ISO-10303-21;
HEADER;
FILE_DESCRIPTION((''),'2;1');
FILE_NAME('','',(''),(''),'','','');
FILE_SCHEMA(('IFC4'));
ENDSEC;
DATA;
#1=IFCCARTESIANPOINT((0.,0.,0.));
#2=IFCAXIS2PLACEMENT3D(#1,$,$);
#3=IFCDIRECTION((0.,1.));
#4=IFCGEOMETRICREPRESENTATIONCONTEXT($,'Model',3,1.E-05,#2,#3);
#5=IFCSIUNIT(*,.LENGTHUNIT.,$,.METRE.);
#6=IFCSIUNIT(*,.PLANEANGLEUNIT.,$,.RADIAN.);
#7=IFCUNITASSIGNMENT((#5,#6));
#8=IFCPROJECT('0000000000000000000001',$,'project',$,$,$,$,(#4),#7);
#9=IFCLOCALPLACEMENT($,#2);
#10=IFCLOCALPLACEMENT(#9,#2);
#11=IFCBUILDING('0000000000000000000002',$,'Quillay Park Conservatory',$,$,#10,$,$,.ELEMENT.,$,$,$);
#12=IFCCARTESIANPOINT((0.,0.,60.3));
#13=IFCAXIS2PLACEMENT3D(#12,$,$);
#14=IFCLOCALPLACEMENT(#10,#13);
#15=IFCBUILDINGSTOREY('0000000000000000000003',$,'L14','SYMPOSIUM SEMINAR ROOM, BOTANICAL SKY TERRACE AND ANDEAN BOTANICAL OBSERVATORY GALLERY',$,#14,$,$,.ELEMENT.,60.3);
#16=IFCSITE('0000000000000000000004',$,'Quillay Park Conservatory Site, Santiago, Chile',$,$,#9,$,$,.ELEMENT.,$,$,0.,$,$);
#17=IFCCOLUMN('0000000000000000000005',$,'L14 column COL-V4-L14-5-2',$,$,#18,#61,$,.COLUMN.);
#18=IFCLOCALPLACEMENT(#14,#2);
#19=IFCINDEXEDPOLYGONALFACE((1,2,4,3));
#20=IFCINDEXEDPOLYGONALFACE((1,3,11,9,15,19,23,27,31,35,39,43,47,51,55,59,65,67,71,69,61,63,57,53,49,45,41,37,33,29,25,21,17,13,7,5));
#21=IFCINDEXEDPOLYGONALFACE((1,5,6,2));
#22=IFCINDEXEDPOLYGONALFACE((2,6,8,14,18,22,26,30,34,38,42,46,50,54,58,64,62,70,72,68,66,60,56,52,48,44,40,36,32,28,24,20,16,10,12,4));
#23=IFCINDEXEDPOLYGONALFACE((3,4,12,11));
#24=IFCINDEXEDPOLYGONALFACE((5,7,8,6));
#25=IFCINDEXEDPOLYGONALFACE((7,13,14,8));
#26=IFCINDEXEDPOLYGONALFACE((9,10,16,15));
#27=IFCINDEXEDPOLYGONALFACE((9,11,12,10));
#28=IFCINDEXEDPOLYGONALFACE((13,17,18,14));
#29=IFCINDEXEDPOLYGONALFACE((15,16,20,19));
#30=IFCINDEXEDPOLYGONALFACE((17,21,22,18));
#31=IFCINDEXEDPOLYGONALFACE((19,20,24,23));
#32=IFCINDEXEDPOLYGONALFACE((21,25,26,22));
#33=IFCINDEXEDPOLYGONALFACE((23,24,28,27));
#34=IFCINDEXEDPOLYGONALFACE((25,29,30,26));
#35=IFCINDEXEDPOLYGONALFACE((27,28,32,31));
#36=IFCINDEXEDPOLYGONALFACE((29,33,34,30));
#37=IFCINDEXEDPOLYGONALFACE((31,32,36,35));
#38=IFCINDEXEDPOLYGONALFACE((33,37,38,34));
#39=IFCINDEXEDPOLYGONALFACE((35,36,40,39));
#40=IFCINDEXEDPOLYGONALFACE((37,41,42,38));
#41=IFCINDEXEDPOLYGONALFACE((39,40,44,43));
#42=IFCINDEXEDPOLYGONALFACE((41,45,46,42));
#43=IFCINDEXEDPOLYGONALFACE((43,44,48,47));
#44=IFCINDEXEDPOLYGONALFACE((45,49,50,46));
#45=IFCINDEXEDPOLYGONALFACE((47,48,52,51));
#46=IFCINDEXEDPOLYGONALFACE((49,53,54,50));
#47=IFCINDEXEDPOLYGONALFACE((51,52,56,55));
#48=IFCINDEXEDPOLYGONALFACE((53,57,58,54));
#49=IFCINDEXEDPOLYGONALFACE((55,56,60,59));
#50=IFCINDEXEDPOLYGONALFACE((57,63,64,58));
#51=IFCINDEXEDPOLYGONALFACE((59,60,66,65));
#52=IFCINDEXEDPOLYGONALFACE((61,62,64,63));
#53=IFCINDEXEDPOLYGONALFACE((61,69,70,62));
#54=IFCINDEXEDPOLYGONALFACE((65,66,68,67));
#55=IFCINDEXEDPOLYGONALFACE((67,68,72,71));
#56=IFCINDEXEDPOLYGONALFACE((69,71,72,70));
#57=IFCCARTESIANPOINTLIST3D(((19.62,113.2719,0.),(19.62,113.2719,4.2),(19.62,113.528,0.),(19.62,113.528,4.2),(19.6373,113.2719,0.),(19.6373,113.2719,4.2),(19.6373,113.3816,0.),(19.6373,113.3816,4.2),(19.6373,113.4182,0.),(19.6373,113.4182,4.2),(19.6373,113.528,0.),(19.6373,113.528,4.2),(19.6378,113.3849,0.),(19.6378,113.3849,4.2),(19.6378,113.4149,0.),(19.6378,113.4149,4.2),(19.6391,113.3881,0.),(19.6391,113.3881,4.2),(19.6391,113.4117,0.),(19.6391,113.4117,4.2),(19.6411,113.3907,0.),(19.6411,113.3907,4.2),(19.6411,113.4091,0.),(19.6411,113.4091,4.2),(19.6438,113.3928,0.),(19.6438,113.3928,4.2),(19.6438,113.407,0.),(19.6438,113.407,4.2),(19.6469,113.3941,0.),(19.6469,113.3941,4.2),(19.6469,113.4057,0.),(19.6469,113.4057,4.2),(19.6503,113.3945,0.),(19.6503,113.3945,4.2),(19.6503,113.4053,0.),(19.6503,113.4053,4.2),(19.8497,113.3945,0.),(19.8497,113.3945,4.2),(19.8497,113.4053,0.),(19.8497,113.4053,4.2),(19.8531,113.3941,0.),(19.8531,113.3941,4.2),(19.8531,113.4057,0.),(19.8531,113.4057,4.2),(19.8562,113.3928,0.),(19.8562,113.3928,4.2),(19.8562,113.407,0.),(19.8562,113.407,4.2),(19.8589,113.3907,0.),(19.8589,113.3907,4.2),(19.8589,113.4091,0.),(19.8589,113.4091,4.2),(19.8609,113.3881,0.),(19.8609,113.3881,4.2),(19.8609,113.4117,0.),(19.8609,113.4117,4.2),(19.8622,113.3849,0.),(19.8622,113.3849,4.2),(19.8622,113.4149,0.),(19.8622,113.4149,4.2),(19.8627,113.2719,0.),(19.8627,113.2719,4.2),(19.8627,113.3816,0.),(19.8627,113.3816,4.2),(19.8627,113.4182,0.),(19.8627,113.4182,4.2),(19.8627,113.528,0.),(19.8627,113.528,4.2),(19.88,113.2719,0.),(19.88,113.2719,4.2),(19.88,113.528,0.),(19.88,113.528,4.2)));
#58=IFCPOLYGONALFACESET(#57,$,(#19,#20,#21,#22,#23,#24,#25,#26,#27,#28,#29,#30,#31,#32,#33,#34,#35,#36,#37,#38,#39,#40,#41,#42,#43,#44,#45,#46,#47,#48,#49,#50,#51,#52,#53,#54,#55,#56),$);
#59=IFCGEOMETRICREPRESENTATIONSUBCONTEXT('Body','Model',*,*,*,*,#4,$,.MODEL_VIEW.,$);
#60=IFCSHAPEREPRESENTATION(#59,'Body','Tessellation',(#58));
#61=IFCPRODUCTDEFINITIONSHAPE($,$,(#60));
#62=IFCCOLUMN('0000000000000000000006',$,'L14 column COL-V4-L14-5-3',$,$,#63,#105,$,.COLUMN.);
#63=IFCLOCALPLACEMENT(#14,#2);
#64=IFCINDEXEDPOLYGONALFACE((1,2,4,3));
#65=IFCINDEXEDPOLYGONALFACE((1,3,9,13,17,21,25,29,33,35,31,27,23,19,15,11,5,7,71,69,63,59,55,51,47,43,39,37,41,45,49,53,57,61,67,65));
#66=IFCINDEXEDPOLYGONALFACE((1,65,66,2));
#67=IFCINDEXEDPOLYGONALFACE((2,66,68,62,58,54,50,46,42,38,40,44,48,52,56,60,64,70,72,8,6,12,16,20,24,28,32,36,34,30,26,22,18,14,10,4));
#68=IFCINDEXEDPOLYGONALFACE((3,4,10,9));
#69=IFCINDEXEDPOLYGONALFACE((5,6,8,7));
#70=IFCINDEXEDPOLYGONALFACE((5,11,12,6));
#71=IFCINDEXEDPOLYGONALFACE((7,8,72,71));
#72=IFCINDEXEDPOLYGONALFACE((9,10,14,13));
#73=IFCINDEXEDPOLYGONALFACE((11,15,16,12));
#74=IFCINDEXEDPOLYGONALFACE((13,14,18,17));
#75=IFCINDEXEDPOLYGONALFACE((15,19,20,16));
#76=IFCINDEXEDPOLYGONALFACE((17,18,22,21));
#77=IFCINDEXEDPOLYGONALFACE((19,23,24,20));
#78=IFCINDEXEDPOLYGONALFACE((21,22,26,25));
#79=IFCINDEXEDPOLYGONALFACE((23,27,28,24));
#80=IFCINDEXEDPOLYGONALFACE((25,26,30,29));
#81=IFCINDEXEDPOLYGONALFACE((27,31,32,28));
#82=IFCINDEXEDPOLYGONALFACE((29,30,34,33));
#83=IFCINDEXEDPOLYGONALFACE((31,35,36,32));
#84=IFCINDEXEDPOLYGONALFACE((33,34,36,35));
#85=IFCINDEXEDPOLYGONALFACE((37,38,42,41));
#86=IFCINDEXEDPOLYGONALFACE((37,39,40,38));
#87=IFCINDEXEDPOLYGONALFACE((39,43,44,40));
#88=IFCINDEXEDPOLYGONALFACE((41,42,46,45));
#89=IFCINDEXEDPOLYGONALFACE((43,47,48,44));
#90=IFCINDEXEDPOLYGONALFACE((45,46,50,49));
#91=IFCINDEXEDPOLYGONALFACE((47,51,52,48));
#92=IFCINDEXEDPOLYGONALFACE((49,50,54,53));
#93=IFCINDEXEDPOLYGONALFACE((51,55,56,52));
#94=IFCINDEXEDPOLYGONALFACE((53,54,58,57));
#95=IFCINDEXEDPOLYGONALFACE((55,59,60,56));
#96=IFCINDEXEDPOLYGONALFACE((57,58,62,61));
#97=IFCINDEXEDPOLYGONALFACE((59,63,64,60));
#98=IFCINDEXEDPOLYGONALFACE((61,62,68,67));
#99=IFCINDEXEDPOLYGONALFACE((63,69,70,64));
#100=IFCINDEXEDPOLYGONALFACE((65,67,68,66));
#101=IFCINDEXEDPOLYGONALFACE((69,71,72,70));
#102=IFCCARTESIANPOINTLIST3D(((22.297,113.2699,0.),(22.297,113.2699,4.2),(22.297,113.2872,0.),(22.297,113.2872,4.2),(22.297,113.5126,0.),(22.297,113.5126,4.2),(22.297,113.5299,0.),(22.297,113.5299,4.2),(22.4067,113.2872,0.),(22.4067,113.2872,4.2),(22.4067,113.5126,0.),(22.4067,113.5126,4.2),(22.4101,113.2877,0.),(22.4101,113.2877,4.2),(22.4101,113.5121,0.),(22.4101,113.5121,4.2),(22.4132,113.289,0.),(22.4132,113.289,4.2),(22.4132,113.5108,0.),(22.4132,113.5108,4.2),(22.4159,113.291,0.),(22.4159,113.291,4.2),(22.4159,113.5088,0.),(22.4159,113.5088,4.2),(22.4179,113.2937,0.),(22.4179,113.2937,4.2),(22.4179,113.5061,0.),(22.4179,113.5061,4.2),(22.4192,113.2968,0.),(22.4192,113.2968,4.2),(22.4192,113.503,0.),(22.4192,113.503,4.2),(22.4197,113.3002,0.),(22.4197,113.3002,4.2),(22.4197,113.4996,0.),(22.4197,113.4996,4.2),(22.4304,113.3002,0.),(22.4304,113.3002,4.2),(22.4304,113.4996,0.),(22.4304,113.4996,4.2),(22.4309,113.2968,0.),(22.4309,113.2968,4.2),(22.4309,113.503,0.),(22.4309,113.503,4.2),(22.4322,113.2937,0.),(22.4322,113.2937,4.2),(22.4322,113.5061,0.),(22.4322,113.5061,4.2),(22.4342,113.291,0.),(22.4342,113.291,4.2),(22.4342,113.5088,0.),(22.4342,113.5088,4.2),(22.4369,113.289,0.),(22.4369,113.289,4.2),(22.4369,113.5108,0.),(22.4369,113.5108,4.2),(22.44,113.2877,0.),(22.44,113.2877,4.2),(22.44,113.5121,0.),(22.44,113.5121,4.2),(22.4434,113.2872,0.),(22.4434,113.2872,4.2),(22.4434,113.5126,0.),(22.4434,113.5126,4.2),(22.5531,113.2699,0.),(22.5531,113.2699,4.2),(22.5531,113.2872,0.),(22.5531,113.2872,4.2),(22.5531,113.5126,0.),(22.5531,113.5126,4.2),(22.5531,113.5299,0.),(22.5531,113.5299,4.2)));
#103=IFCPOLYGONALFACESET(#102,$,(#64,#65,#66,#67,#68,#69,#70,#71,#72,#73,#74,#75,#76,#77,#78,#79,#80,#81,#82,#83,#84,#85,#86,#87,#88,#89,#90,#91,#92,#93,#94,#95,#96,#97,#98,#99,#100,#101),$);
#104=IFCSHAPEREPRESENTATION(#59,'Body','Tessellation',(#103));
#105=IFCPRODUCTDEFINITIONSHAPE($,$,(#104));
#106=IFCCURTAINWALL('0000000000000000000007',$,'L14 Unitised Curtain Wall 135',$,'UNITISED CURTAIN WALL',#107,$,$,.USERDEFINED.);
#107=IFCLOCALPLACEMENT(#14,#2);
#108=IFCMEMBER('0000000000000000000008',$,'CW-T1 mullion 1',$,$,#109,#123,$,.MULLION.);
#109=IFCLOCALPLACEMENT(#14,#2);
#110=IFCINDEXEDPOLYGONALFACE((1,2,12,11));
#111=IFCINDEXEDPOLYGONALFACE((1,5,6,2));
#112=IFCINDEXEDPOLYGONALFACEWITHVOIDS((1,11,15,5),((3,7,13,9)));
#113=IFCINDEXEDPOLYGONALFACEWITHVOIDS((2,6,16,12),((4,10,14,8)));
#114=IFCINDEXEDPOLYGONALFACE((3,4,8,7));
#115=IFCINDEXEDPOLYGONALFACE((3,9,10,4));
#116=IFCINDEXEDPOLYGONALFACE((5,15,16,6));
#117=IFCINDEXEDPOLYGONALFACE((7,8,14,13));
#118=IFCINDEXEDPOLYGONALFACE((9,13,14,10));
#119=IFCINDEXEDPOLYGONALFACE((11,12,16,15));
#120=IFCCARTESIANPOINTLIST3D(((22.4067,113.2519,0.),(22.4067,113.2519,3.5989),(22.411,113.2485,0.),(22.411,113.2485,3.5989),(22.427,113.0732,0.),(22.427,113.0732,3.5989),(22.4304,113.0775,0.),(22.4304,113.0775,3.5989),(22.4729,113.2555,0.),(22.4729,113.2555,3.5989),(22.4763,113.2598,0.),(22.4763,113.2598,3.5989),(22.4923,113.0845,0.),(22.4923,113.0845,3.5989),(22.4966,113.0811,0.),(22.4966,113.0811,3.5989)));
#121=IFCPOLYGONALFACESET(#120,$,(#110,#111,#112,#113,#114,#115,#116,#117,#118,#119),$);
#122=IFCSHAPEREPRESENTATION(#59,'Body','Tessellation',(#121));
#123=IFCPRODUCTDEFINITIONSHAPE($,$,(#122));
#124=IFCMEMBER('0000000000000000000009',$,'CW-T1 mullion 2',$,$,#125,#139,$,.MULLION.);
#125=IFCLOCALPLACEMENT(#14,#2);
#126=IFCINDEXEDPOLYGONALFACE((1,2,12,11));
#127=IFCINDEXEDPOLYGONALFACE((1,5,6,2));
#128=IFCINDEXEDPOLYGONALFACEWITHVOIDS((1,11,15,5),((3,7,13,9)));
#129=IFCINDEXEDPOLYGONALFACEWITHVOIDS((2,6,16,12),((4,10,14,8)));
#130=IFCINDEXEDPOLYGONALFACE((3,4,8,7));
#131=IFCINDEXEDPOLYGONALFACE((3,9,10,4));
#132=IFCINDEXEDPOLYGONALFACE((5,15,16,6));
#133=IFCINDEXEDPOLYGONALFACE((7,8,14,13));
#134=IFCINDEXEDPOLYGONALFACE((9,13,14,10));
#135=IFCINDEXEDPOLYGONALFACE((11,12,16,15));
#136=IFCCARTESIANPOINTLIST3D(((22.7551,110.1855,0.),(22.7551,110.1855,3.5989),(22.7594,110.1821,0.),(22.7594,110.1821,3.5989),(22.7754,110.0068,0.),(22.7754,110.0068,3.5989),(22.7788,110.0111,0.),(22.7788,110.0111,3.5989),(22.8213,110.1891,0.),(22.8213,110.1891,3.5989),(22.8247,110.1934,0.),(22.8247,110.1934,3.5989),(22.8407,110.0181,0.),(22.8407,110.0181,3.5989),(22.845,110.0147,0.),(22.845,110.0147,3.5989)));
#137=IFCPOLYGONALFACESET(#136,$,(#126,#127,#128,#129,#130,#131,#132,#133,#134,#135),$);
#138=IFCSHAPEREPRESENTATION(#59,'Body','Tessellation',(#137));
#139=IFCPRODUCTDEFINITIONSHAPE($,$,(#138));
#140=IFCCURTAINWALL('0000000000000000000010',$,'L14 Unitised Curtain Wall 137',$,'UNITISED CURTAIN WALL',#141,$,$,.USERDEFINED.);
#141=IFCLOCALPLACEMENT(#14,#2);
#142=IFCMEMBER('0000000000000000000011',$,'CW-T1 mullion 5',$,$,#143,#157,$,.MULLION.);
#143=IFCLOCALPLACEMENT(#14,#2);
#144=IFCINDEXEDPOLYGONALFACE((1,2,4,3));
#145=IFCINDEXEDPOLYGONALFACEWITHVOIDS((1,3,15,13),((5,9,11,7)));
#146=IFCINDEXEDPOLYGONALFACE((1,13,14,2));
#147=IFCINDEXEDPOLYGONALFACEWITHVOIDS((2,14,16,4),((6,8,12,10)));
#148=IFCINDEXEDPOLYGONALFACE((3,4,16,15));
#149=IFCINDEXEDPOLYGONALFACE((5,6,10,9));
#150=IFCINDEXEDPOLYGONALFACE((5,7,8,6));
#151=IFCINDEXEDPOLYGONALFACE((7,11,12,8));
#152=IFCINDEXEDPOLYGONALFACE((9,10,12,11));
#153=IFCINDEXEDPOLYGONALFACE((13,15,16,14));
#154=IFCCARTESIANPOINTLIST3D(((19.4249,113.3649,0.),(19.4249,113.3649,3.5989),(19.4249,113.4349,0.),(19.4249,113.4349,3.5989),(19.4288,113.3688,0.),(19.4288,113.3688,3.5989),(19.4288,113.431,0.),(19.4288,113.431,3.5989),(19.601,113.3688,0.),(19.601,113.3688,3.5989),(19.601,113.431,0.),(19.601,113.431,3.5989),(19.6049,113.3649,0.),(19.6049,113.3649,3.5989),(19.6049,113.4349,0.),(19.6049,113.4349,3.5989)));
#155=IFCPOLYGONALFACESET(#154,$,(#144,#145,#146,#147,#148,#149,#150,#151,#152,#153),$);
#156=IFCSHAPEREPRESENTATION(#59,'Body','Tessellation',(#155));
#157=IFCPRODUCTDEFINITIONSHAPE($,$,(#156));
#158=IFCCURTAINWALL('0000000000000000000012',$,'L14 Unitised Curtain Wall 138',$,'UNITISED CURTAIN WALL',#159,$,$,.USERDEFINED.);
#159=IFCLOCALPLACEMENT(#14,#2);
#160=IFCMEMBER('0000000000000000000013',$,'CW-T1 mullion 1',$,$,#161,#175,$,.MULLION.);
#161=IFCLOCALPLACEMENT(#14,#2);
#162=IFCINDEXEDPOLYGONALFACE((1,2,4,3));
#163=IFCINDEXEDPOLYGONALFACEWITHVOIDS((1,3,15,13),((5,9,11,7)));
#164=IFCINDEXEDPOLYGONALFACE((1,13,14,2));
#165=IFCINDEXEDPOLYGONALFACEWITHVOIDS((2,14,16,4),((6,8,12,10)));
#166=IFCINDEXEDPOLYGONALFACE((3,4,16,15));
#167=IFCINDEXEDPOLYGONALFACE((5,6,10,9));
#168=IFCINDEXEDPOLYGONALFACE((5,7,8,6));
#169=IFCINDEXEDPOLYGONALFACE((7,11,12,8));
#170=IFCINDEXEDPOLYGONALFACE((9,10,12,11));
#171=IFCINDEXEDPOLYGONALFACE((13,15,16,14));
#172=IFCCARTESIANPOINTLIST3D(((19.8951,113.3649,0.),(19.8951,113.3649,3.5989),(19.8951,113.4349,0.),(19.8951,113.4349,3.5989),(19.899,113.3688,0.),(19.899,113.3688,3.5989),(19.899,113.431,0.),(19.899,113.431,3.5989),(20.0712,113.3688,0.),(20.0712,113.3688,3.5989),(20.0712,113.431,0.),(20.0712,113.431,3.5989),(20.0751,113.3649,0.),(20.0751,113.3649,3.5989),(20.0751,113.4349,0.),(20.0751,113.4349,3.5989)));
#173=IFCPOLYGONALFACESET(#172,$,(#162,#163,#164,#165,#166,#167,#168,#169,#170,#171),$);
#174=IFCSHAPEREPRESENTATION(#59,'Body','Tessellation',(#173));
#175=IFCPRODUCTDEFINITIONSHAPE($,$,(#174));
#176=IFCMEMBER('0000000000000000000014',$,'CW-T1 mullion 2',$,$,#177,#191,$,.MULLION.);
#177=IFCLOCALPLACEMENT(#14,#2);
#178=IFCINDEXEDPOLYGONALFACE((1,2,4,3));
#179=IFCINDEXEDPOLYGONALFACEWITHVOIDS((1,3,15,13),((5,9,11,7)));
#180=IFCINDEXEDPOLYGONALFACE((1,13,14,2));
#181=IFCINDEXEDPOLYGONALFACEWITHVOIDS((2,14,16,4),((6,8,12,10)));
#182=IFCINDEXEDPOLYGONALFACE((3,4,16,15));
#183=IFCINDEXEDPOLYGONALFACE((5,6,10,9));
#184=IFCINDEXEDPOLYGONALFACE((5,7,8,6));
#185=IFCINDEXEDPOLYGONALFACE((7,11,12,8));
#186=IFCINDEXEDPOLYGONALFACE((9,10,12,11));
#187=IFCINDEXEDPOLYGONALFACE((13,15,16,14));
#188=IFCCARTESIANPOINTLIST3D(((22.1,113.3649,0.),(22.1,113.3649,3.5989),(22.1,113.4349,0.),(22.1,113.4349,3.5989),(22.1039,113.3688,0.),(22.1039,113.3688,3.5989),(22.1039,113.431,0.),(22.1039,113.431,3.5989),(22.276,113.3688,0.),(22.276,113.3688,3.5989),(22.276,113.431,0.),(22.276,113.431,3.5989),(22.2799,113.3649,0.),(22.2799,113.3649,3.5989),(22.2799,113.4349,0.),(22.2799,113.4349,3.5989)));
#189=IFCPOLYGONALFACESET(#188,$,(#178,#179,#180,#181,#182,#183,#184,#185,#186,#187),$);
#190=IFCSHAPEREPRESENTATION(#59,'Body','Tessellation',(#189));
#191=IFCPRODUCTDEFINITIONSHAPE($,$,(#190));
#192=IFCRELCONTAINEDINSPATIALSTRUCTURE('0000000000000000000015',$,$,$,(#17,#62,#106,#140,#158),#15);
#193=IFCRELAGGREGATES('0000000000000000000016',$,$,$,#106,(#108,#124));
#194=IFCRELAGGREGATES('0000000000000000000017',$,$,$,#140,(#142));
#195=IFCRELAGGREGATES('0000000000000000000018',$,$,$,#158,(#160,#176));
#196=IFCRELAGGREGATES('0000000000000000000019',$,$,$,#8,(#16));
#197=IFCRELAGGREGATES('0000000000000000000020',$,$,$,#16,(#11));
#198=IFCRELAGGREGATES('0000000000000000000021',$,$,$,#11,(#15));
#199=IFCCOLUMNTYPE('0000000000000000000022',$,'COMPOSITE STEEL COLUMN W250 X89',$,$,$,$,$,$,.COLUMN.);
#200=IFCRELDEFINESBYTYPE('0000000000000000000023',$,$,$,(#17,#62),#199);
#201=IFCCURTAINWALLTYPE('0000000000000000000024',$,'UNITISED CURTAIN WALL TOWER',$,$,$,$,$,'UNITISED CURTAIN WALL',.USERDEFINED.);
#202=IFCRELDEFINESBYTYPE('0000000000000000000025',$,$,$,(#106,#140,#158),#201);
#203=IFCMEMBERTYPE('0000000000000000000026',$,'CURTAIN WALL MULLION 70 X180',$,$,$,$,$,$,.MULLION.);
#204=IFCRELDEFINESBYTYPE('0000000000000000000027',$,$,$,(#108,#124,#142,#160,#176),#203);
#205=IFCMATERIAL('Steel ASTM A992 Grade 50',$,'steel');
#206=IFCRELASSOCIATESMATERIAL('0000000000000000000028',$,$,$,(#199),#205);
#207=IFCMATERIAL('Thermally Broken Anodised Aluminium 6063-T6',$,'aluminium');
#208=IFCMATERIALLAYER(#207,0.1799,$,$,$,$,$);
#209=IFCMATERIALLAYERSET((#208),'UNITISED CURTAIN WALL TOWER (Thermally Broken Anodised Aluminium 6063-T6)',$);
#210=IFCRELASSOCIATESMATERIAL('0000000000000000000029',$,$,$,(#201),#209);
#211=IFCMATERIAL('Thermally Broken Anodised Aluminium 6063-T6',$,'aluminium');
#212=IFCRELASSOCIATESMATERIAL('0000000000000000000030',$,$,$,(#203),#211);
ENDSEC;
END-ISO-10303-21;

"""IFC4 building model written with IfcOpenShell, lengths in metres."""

from ifc_helpers import new_model, si_unit, direction, frame, origin, origin_2d, place, context, subcontext, project, spatial, hollow_rectangle, i_section, extrude, material, layer, layer_set, material_profile, profile_set, type_object, element, aggregate, save


model = new_model("IFC4")

# Units and contexts
model_context = context("Model", 3, precision=1e-05, world=origin(), true_north=direction((0.0, 1.0)))
body_context = subcontext(model_context, "Body", "Model", "MODEL_VIEW")
ifc_project = project(units=[si_unit("LENGTHUNIT", "METRE"), si_unit("PLANEANGLEUNIT", "RADIAN")], contexts=[model_context])

# Site, building, storey
site_placement = place(None, origin())
site = spatial("IfcSite", under=ifc_project, at=site_placement, Name="Quillay Park Conservatory Site, Santiago, Chile", CompositionType="ELEMENT", RefElevation=0.0)
building_placement = place(site_placement, origin())
building = spatial("IfcBuilding", under=site, at=building_placement, Name="Quillay Park Conservatory", CompositionType="ELEMENT")
storey_placement = place(building_placement, frame((0.0, 0.0, 60.3)))
storey = spatial("IfcBuildingStorey", under=building, at=storey_placement, Name="L14", Description="SYMPOSIUM SEMINAR ROOM, BOTANICAL SKY TERRACE AND ANDEAN BOTANICAL OBSERVATORY GALLERY", CompositionType="ELEMENT", Elevation=60.3)

# Columns
ifc_material_1 = material(Name="Steel ASTM A992 Grade 50", Category="steel")
ifc_material_profile_1 = material_profile(ifc_material_1, i_section(OverallWidth=0.2561, OverallDepth=0.26, WebThickness=0.0107, FlangeThickness=0.0173, FilletRadius=0.0129, at=origin_2d()), Name="W250x89")
ifc_profile_set_1 = profile_set([ifc_material_profile_1], Name="Steel ASTM A992 Grade 50")
column_type = type_object("IfcColumnType", Name="COMPOSITE STEEL COLUMN W250 X89", PredefinedType="COLUMN", material=ifc_profile_set_1)
for number, where, z_axis, x_axis, name in (
    (1, (19.75, 113.3999, 0.0), (0.0, 0.0, 1.0), (0.0, 1.0, 0.0), "L14 column COL-V4-L14-5-2"),
    (2, (22.425, 113.3999, 0.0), (0.0, 0.0, 1.0), (1.0, 0.0, 0.0), "L14 column COL-V4-L14-5-3"),
):
    element("IfcColumn", number, at=place(storey_placement, frame(where, z_axis=z_axis, x_axis=x_axis)), inside=storey, type_object=column_type, Name=name, PredefinedType="COLUMN", context=body_context, shape_type="SweptSolid", body=[
        extrude(i_section(OverallWidth=0.2561, OverallDepth=0.26, WebThickness=0.0107, FlangeThickness=0.0173, FilletRadius=0.0129, at=origin_2d()), origin(), (0.0, 0.0, 1.0), 4.2),
    ])

# Curtain wall, members
ifc_material_2 = material(Name="Thermally Broken Anodised Aluminium 6063-T6", Category="aluminium")
ifc_layer_1 = layer(ifc_material_2, 0.1799)
ifc_layer_set_1 = layer_set([ifc_layer_1], Name="UNITISED CURTAIN WALL TOWER (Thermally Broken Anodised Aluminium 6063-T6)")
curtain_wall_type = type_object("IfcCurtainWallType", Name="UNITISED CURTAIN WALL TOWER", ElementType="UNITISED CURTAIN WALL", PredefinedType="USERDEFINED", material=ifc_layer_set_1)
curtain_wall_1_placement = place(storey_placement, origin())
curtain_wall_1 = element("IfcCurtainWall", 3, at=curtain_wall_1_placement, inside=storey, type_object=curtain_wall_type, Name="L14 Unitised Curtain Wall 135", ObjectType="UNITISED CURTAIN WALL", PredefinedType="USERDEFINED")
ifc_material_3 = material(Name="Thermally Broken Anodised Aluminium 6063-T6", Category="aluminium")
ifc_material_profile_2 = material_profile(ifc_material_3, hollow_rectangle(XDim=0.0701, YDim=0.1799, WallThickness=0.0039, at=origin_2d()), Name="AL70x180x4")
ifc_profile_set_2 = profile_set([ifc_material_profile_2], Name="Thermally Broken Anodised Aluminium 6063-T6")
member_type_1 = type_object("IfcMemberType", Name="CURTAIN WALL MULLION 70 X180", PredefinedType="MULLION", material=ifc_profile_set_2)
member_1_placement = place(storey_placement, frame((22.4517, 113.1665, 0.0), z_axis=(0.0, 0.0, 1.0), x_axis=(0.993606, 0.112903, 0.0)))
member_1 = element("IfcMember", 4, at=member_1_placement, type_object=member_type_1, Name="CW-T1 mullion 1", PredefinedType="MULLION", context=body_context, shape_type="SweptSolid", body=[
    extrude(hollow_rectangle(XDim=0.0701, YDim=0.1799, WallThickness=0.0039, at=origin_2d()), origin(), (0.0, 0.0, 1.0), 3.5989),
])
member_2_placement = place(storey_placement, frame((22.8, 110.1001, 0.0), z_axis=(0.0, 0.0, 1.0), x_axis=(0.993606, 0.112903, 0.0)))
member_2 = element("IfcMember", 5, at=member_2_placement, type_object=member_type_1, Name="CW-T1 mullion 2", PredefinedType="MULLION", context=body_context, shape_type="SweptSolid", body=[
    extrude(hollow_rectangle(XDim=0.0701, YDim=0.1799, WallThickness=0.0039, at=origin_2d()), origin(), (0.0, 0.0, 1.0), 3.5989),
])

# Curtain wall, member
curtain_wall_2_placement = place(storey_placement, origin())
curtain_wall_2 = element("IfcCurtainWall", 6, at=curtain_wall_2_placement, inside=storey, type_object=curtain_wall_type, Name="L14 Unitised Curtain Wall 137", ObjectType="UNITISED CURTAIN WALL", PredefinedType="USERDEFINED")
member_3_placement = place(storey_placement, frame((19.5149, 113.3999, 0.0), z_axis=(0.0, 0.0, 1.0), x_axis=(0.0, 1.0, 0.0)))
member_3 = element("IfcMember", 7, at=member_3_placement, type_object=member_type_1, Name="CW-T1 mullion 5", PredefinedType="MULLION", context=body_context, shape_type="SweptSolid", body=[
    extrude(hollow_rectangle(XDim=0.0701, YDim=0.1799, WallThickness=0.0039, at=origin_2d()), origin(), (0.0, 0.0, 1.0), 3.5989),
])

# Curtain wall, members
curtain_wall_3_placement = place(storey_placement, origin())
curtain_wall_3 = element("IfcCurtainWall", 8, at=curtain_wall_3_placement, inside=storey, type_object=curtain_wall_type, Name="L14 Unitised Curtain Wall 138", ObjectType="UNITISED CURTAIN WALL", PredefinedType="USERDEFINED")
member_4_placement = place(storey_placement, frame((19.9851, 113.3999, 0.0), z_axis=(0.0, 0.0, 1.0), x_axis=(0.0, 1.0, 0.0)))
member_4 = element("IfcMember", 9, at=member_4_placement, type_object=member_type_1, Name="CW-T1 mullion 1", PredefinedType="MULLION", context=body_context, shape_type="SweptSolid", body=[
    extrude(hollow_rectangle(XDim=0.0701, YDim=0.1799, WallThickness=0.0039, at=origin_2d()), origin(), (0.0, 0.0, 1.0), 3.5989),
])
member_5_placement = place(storey_placement, frame((22.1899, 113.3999, 0.0), z_axis=(0.0, 0.0, 1.0), x_axis=(0.0, 1.0, 0.0)))
member_5 = element("IfcMember", 10, at=member_5_placement, type_object=member_type_1, Name="CW-T1 mullion 2", PredefinedType="MULLION", context=body_context, shape_type="SweptSolid", body=[
    extrude(hollow_rectangle(XDim=0.0701, YDim=0.1799, WallThickness=0.0039, at=origin_2d()), origin(), (0.0, 0.0, 1.0), 3.5989),
])

aggregate(curtain_wall_1, [member_1, member_2])
aggregate(curtain_wall_2, [member_3])
aggregate(curtain_wall_3, [member_4, member_5])

save(model, "model.ifc")
